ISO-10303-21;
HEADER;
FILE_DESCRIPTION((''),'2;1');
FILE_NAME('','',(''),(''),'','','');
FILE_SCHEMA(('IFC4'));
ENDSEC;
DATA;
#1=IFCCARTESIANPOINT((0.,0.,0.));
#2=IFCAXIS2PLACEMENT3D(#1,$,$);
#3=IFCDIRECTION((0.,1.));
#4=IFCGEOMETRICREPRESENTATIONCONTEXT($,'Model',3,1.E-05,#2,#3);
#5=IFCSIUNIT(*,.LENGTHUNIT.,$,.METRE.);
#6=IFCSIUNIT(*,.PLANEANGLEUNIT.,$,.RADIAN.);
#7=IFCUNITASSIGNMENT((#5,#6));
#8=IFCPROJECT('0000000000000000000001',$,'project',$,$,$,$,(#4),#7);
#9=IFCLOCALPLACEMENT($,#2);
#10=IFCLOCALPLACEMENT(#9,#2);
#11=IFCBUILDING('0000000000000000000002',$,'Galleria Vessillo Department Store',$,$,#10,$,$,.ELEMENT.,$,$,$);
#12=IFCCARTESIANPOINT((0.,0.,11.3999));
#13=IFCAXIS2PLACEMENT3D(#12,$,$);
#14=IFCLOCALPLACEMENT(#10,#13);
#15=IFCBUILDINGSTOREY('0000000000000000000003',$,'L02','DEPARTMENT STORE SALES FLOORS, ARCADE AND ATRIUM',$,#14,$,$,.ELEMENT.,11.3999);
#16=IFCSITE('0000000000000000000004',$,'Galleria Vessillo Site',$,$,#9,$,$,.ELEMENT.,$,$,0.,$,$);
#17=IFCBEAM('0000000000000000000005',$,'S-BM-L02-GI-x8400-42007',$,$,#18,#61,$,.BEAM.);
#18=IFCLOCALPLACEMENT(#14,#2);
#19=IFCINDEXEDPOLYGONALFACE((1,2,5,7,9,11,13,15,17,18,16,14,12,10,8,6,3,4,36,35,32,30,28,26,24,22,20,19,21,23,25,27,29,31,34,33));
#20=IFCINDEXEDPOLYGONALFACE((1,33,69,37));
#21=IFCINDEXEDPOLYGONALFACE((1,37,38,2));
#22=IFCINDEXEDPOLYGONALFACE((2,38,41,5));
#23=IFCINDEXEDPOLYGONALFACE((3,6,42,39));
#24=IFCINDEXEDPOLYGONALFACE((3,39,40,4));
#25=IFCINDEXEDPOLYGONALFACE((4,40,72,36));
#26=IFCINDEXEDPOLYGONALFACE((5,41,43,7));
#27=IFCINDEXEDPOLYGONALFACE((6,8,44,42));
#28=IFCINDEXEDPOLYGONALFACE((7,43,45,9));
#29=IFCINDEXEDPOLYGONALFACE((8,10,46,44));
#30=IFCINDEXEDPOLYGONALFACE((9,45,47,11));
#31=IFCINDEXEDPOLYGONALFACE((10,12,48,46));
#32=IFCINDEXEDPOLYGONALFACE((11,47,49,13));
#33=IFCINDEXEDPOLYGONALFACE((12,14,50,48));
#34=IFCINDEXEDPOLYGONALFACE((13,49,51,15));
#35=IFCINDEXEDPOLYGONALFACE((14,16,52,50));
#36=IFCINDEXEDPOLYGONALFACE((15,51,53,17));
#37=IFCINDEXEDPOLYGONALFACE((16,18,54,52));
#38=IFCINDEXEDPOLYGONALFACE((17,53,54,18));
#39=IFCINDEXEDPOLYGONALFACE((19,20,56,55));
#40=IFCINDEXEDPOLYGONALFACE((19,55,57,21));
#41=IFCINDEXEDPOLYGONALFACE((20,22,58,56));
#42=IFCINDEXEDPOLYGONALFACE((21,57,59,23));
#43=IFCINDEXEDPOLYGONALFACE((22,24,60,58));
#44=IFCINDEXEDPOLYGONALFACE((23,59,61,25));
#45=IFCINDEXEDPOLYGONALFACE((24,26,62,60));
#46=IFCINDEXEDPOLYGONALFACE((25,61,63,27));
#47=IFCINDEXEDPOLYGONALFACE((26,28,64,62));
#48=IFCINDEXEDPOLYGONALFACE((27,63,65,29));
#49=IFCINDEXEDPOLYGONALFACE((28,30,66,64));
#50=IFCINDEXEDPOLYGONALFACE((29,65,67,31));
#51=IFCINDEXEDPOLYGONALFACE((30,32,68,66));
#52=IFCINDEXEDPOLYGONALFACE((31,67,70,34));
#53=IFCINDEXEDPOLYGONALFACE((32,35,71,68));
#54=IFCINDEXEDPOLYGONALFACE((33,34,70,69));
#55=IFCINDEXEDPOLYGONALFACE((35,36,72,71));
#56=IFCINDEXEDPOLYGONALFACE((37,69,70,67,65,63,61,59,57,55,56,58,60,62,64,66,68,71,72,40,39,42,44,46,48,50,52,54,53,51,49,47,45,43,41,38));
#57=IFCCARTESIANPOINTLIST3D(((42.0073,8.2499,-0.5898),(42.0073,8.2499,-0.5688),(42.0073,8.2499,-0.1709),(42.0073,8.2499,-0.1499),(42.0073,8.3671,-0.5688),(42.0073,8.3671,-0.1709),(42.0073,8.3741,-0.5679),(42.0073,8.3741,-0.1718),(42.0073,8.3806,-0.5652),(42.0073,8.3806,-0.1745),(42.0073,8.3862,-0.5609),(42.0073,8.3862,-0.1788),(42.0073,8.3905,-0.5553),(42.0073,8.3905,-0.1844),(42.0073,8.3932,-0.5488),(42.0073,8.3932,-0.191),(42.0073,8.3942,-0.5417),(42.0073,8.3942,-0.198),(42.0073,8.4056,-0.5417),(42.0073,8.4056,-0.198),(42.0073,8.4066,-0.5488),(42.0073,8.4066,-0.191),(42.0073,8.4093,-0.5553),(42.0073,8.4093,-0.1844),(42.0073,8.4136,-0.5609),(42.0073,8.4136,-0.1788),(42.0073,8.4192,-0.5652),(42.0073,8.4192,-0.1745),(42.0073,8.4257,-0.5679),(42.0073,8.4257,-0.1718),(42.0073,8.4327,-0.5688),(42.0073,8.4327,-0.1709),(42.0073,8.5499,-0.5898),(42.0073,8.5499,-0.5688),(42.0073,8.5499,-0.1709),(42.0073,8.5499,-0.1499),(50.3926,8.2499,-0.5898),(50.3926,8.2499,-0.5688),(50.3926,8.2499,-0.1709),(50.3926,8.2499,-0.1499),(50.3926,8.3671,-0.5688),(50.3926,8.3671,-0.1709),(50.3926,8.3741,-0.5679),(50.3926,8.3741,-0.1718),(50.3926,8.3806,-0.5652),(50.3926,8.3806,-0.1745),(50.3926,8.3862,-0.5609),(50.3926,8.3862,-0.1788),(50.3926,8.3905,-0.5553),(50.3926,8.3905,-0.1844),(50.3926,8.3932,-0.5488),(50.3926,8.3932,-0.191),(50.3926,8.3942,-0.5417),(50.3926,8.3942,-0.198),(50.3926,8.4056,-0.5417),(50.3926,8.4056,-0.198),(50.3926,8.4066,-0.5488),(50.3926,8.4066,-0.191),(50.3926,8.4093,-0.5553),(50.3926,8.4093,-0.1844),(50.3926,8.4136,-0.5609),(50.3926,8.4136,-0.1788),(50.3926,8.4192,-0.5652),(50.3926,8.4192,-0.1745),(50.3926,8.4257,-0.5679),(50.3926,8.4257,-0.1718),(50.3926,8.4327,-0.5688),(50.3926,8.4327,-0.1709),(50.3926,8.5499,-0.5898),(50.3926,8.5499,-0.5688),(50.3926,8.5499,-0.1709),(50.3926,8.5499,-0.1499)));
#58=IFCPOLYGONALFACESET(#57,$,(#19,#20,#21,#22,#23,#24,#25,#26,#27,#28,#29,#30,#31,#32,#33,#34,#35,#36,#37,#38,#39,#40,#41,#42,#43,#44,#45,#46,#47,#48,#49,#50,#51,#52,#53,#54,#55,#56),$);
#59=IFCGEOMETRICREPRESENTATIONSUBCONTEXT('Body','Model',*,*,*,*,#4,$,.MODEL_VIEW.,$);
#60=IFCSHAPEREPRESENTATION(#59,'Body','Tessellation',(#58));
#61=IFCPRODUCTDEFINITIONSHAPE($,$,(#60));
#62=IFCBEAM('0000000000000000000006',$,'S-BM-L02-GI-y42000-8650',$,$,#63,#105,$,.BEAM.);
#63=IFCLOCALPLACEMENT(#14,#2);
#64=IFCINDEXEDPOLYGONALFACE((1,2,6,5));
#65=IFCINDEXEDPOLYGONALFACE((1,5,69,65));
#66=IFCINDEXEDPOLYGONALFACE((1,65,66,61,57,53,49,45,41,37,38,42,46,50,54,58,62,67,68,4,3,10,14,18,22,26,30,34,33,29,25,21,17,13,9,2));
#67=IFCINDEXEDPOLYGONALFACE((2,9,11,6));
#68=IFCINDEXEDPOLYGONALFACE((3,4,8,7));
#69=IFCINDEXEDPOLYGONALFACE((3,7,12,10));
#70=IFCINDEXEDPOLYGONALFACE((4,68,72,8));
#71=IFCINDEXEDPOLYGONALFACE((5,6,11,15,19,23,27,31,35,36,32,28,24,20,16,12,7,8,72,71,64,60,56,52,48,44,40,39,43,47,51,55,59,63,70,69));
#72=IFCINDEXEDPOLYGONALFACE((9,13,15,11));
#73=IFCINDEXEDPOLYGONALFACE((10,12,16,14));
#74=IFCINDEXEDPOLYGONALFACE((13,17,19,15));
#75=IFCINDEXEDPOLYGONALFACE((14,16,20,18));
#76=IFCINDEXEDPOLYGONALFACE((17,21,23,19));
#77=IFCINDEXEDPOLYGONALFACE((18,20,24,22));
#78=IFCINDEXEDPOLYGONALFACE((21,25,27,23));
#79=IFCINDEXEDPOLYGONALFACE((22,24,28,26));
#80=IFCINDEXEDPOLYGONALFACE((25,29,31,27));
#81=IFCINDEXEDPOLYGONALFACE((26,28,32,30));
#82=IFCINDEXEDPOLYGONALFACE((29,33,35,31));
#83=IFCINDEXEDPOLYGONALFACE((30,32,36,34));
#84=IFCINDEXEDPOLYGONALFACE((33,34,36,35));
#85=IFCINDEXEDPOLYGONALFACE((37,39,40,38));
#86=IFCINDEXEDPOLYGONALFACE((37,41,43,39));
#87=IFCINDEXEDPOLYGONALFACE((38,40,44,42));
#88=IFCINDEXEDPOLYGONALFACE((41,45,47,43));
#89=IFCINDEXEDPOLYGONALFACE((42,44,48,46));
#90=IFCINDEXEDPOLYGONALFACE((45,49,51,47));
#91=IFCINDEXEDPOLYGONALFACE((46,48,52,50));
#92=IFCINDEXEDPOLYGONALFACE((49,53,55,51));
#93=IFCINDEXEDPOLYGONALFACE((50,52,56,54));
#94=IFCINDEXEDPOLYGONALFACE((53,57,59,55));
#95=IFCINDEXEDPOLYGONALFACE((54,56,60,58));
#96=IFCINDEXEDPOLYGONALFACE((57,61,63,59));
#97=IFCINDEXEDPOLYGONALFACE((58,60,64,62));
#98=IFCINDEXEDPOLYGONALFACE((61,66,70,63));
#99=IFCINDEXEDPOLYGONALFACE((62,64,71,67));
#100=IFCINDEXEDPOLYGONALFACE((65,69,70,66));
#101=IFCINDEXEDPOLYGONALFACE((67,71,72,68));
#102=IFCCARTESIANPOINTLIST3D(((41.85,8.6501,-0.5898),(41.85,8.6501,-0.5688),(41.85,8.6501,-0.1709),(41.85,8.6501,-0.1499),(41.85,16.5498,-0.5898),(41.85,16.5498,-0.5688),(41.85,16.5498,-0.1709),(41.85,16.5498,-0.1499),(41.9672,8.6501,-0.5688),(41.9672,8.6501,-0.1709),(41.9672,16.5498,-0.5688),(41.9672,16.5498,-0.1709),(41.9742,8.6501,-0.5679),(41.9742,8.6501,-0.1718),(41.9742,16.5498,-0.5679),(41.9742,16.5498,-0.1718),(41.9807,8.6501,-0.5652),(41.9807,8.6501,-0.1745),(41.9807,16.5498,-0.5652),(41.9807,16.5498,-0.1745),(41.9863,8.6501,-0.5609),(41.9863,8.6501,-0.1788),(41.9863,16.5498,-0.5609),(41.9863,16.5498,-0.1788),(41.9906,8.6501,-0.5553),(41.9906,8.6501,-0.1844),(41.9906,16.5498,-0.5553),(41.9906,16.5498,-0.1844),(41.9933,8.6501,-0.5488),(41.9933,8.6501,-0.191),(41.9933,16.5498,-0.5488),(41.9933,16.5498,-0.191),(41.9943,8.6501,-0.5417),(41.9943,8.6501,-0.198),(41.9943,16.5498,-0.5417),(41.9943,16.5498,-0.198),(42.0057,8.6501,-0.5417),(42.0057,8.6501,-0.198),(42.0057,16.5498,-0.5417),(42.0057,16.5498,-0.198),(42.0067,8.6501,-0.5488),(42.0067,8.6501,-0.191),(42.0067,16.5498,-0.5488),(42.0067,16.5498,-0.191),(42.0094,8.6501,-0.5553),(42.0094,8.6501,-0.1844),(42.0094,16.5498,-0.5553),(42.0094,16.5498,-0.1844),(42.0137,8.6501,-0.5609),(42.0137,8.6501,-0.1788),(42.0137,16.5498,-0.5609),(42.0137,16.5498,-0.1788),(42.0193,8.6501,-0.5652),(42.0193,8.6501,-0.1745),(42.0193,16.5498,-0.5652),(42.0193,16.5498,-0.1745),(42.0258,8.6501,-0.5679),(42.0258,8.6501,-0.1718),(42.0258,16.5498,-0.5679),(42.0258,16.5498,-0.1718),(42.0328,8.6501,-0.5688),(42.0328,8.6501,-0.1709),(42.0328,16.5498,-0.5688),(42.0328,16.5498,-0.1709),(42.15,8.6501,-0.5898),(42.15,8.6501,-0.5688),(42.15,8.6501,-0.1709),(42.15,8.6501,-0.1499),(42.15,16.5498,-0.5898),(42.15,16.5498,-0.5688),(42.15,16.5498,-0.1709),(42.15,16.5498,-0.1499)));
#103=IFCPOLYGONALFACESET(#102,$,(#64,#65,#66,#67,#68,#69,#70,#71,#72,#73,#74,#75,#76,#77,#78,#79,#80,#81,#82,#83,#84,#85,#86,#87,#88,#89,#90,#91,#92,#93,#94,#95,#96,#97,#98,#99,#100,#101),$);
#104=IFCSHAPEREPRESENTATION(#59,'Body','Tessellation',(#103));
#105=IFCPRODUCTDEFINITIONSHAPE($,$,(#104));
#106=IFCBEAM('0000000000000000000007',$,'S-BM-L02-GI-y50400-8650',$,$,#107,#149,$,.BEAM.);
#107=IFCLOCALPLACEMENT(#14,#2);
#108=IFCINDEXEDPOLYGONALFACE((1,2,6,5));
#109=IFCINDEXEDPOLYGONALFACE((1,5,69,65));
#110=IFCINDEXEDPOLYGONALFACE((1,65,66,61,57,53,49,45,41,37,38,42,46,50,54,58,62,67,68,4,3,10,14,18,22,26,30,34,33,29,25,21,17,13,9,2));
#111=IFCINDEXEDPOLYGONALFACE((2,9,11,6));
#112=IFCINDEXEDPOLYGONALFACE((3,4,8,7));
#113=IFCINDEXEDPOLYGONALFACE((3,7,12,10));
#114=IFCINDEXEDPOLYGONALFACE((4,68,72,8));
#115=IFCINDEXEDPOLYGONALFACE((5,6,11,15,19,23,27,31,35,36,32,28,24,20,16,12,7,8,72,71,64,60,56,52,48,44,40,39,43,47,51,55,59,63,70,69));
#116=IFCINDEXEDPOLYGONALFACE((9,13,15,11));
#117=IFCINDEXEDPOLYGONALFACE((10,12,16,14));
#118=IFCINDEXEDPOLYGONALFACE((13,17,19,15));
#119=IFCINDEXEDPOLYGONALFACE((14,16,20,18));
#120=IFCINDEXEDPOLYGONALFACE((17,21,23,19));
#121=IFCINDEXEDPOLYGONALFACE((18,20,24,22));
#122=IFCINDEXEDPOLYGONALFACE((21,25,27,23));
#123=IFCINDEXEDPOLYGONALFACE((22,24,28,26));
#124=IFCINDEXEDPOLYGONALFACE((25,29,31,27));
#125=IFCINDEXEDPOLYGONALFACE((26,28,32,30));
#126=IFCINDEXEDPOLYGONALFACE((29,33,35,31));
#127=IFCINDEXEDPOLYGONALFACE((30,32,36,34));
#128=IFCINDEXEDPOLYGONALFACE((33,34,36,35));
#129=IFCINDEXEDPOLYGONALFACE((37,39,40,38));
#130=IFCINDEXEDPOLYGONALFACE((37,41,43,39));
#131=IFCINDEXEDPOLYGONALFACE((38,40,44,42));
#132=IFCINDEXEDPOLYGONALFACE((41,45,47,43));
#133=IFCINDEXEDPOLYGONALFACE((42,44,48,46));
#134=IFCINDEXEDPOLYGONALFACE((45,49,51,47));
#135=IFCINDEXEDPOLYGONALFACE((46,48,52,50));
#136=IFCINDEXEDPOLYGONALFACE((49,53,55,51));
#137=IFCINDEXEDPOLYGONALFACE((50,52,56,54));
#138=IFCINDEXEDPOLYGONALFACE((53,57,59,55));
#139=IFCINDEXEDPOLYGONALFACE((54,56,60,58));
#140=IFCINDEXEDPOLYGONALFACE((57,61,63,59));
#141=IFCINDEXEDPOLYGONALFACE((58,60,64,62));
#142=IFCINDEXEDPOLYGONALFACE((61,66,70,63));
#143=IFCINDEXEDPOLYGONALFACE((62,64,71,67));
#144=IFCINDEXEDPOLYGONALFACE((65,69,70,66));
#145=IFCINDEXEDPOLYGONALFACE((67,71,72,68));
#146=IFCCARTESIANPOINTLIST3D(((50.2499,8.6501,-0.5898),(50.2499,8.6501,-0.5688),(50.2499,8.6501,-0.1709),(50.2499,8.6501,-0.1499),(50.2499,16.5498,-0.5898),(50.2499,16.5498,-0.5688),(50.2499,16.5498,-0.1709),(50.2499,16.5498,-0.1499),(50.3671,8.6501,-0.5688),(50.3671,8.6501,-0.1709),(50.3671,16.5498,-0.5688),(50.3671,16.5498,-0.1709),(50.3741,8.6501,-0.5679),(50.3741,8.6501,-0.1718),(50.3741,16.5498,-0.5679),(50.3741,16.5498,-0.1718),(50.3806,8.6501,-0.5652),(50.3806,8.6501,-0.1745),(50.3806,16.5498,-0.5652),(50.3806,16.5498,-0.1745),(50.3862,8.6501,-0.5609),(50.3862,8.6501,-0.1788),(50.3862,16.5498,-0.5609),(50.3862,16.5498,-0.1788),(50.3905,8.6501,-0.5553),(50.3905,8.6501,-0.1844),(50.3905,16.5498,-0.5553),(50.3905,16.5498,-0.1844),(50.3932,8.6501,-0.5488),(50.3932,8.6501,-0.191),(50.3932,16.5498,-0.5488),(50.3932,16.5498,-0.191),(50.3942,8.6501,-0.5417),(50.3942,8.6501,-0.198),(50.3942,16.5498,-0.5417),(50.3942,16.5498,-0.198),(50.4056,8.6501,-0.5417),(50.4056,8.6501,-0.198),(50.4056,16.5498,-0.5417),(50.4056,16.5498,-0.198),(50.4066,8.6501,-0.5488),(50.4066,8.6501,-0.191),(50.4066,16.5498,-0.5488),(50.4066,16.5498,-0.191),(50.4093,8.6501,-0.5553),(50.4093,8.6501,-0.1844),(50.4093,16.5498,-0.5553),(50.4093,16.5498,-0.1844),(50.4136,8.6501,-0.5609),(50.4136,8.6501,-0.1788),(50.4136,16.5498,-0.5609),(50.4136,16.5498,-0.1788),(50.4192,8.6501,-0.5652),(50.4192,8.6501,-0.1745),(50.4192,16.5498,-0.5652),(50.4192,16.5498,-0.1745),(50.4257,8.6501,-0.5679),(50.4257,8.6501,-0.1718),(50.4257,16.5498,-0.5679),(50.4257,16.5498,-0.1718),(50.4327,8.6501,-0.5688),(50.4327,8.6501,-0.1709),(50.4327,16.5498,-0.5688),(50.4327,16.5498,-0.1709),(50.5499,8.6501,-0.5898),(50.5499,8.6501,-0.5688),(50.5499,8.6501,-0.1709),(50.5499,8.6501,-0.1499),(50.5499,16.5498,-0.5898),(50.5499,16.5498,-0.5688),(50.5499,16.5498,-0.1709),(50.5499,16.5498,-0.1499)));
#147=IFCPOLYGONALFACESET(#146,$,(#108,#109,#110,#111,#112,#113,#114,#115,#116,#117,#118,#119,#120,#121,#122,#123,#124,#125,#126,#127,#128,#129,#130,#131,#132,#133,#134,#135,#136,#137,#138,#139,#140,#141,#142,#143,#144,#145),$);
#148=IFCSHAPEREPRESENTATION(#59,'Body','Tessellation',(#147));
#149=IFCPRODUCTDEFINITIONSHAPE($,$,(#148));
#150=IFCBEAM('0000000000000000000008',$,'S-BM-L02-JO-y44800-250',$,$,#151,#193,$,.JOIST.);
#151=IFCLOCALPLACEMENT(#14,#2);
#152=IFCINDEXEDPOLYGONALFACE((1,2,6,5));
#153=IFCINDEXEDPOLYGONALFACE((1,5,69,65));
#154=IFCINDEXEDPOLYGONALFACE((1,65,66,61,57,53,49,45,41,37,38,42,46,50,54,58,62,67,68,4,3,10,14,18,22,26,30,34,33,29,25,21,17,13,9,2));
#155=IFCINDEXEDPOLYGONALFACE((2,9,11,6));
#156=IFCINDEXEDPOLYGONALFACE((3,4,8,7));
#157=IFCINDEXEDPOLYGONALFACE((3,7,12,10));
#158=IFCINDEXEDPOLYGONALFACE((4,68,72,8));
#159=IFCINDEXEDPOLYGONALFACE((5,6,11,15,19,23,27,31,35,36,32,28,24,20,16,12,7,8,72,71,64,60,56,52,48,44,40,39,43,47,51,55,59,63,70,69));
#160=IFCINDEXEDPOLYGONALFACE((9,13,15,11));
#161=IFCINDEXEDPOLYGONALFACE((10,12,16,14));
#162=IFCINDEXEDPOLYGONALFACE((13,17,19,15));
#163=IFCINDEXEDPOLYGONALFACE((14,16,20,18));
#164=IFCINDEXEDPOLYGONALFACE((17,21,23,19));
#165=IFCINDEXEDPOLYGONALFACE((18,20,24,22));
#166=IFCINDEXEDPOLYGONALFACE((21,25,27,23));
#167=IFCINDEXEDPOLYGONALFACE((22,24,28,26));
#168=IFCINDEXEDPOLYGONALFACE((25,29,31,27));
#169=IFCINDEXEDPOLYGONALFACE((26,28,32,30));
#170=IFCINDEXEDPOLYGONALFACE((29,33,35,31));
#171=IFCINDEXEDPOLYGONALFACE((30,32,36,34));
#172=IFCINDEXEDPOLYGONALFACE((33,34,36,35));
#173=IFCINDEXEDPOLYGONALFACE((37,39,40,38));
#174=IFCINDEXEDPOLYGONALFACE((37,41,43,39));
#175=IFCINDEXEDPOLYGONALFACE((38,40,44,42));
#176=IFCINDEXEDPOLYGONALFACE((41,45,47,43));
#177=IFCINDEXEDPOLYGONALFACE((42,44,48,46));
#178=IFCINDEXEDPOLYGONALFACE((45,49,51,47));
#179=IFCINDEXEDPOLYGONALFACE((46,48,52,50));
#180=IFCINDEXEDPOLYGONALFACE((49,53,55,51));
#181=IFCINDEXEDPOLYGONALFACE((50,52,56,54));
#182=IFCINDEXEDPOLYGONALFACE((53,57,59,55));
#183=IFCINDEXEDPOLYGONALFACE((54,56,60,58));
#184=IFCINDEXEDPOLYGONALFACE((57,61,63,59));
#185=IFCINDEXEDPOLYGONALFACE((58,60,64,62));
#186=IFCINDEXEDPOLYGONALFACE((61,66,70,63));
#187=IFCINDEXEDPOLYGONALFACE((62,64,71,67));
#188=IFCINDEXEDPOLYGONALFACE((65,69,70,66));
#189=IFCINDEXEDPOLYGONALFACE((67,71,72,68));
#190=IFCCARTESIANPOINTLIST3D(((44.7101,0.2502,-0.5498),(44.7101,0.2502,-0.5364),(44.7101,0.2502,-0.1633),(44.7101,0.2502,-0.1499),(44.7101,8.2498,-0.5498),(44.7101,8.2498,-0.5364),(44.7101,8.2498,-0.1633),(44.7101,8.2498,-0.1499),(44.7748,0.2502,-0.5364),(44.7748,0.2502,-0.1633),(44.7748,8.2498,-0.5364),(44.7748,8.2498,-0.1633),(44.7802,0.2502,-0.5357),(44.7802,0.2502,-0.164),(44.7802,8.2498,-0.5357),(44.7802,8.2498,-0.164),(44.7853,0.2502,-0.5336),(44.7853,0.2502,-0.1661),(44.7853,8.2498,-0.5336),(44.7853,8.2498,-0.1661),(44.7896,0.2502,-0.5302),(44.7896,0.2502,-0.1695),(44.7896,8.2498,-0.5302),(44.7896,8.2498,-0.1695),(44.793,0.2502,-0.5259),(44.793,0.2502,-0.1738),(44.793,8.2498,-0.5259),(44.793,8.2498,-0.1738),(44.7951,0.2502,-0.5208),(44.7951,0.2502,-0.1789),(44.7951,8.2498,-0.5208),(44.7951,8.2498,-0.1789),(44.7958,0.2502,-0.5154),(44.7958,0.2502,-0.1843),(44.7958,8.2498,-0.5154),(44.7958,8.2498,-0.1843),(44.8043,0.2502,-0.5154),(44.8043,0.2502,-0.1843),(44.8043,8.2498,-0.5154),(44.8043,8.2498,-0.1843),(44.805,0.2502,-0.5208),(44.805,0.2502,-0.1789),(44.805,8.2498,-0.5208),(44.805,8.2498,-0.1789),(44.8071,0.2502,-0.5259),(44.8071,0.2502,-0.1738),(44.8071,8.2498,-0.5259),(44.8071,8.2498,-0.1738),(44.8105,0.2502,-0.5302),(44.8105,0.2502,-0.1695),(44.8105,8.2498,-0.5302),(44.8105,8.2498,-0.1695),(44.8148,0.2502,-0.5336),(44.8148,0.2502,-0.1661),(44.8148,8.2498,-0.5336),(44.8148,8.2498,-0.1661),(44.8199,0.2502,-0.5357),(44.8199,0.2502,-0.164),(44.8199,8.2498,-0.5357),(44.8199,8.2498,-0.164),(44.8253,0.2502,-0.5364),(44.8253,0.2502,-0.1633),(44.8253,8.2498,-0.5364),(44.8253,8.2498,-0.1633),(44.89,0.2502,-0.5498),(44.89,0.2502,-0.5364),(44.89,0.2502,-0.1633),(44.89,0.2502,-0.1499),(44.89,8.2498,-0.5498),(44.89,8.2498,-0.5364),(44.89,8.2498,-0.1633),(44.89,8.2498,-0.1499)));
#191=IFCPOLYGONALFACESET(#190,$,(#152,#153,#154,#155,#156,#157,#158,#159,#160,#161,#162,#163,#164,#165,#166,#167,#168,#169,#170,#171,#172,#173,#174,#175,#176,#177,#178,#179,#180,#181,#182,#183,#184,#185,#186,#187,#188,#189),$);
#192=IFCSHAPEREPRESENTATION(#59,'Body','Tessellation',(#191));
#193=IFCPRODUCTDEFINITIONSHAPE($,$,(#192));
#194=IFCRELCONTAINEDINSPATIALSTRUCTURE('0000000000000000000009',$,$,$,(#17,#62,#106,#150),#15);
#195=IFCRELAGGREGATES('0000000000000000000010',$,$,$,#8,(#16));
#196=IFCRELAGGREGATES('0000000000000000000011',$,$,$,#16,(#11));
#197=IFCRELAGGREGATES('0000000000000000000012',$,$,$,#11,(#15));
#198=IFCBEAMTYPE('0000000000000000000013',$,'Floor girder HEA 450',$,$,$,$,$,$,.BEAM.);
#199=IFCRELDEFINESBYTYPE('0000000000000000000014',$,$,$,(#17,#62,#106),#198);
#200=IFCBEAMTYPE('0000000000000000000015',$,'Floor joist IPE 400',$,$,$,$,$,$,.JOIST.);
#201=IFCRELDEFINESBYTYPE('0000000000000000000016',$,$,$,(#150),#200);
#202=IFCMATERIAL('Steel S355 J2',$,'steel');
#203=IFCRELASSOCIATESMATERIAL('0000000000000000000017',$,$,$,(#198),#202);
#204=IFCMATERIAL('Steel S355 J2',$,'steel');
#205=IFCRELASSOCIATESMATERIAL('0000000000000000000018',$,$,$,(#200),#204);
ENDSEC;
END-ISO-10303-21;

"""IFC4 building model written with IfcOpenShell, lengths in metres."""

from ifc_helpers import new_model, si_unit, direction, frame, origin, origin_2d, place, context, subcontext, project, spatial, i_section, extrude, material, material_profile, profile_set, type_object, element, save


model = new_model("IFC4")

# Units and contexts
model_context = context("Model", 3, precision=1e-05, world=origin(), true_north=direction((0.0, 1.0)))
body_context = subcontext(model_context, "Body", "Model", "MODEL_VIEW")
ifc_project = project(units=[si_unit("LENGTHUNIT", "METRE"), si_unit("PLANEANGLEUNIT", "RADIAN")], contexts=[model_context])

# Site, building, storey
site_placement = place(None, origin())
site = spatial("IfcSite", under=ifc_project, at=site_placement, Name="Galleria Vessillo Site", CompositionType="ELEMENT", RefElevation=0.0)
building_placement = place(site_placement, origin())
building = spatial("IfcBuilding", under=site, at=building_placement, Name="Galleria Vessillo Department Store", CompositionType="ELEMENT")
storey_placement = place(building_placement, frame((0.0, 0.0, 11.3999)))
storey = spatial("IfcBuildingStorey", under=building, at=storey_placement, Name="L02", Description="DEPARTMENT STORE SALES FLOORS, ARCADE AND ATRIUM", CompositionType="ELEMENT", Elevation=11.3999)

# Beams
ifc_material_1 = material(Name="Steel S355 J2", Category="steel")
ifc_material_profile_1 = material_profile(ifc_material_1, i_section(OverallWidth=0.3, OverallDepth=0.4399, WebThickness=0.0115, FlangeThickness=0.021, FilletRadius=0.0271, at=origin_2d()), Name="HEA 450")
ifc_profile_set_1 = profile_set([ifc_material_profile_1], Name="Steel S355 J2")
beam_type_1 = type_object("IfcBeamType", Name="Floor girder HEA 450", PredefinedType="BEAM", material=ifc_profile_set_1)
beam_1_placement = place(storey_placement, frame((42.0073, 8.3999, -0.3699), z_axis=(1.0, 0.0, 0.0), x_axis=(0.0, 1.0, 0.0)))
element("IfcBeam", 1, at=beam_1_placement, inside=storey, type_object=beam_type_1, Name="S-BM-L02-GI-x8400-42007", PredefinedType="BEAM", context=body_context, shape_type="SweptSolid", body=[
    extrude(i_section(OverallWidth=0.3, OverallDepth=0.4399, WebThickness=0.0115, FlangeThickness=0.021, FilletRadius=0.0271, at=origin_2d()), origin(), (0.0, 0.0, 1.0), 8.3853),
])
for number, where, z_axis, x_axis, name in (
    (2, (42.0, 8.6501, -0.3699), (0.0, 1.0, 0.0), (-1.0, 0.0, 0.0), "S-BM-L02-GI-y42000-8650"),
    (3, (50.3999, 8.6501, -0.3699), (0.0, 1.0, 0.0), (-1.0, 0.0, 0.0), "S-BM-L02-GI-y50400-8650"),
):
    element("IfcBeam", number, at=place(storey_placement, frame(where, z_axis=z_axis, x_axis=x_axis)), inside=storey, type_object=beam_type_1, Name=name, PredefinedType="BEAM", context=body_context, shape_type="SweptSolid", body=[
        extrude(i_section(OverallWidth=0.3, OverallDepth=0.4399, WebThickness=0.0115, FlangeThickness=0.021, FilletRadius=0.0271, at=origin_2d()), origin(), (0.0, 0.0, 1.0), 7.8997),
    ])
ifc_material_2 = material(Name="Steel S355 J2", Category="steel")
ifc_material_profile_2 = material_profile(ifc_material_2, i_section(OverallWidth=0.1799, OverallDepth=0.3999, WebThickness=0.0085, FlangeThickness=0.0134, FilletRadius=0.021, at=origin_2d()), Name="IPE 400")
ifc_profile_set_2 = profile_set([ifc_material_profile_2], Name="Steel S355 J2")
beam_type_2 = type_object("IfcBeamType", Name="Floor joist IPE 400", PredefinedType="JOIST", material=ifc_profile_set_2)
for number, where, z_axis, x_axis, name in (
    (4, (44.8, 0.2502, -0.3499), (0.0, 1.0, 0.0), (-1.0, 0.0, 0.0), "S-BM-L02-JO-y44800-250"),
):
    element("IfcBeam", number, at=place(storey_placement, frame(where, z_axis=z_axis, x_axis=x_axis)), inside=storey, type_object=beam_type_2, Name=name, PredefinedType="JOIST", context=body_context, shape_type="SweptSolid", body=[
        extrude(i_section(OverallWidth=0.1799, OverallDepth=0.3999, WebThickness=0.0085, FlangeThickness=0.0134, FilletRadius=0.021, at=origin_2d()), origin(), (0.0, 0.0, 1.0), 7.9995),
    ])

save(model, "model.ifc")
